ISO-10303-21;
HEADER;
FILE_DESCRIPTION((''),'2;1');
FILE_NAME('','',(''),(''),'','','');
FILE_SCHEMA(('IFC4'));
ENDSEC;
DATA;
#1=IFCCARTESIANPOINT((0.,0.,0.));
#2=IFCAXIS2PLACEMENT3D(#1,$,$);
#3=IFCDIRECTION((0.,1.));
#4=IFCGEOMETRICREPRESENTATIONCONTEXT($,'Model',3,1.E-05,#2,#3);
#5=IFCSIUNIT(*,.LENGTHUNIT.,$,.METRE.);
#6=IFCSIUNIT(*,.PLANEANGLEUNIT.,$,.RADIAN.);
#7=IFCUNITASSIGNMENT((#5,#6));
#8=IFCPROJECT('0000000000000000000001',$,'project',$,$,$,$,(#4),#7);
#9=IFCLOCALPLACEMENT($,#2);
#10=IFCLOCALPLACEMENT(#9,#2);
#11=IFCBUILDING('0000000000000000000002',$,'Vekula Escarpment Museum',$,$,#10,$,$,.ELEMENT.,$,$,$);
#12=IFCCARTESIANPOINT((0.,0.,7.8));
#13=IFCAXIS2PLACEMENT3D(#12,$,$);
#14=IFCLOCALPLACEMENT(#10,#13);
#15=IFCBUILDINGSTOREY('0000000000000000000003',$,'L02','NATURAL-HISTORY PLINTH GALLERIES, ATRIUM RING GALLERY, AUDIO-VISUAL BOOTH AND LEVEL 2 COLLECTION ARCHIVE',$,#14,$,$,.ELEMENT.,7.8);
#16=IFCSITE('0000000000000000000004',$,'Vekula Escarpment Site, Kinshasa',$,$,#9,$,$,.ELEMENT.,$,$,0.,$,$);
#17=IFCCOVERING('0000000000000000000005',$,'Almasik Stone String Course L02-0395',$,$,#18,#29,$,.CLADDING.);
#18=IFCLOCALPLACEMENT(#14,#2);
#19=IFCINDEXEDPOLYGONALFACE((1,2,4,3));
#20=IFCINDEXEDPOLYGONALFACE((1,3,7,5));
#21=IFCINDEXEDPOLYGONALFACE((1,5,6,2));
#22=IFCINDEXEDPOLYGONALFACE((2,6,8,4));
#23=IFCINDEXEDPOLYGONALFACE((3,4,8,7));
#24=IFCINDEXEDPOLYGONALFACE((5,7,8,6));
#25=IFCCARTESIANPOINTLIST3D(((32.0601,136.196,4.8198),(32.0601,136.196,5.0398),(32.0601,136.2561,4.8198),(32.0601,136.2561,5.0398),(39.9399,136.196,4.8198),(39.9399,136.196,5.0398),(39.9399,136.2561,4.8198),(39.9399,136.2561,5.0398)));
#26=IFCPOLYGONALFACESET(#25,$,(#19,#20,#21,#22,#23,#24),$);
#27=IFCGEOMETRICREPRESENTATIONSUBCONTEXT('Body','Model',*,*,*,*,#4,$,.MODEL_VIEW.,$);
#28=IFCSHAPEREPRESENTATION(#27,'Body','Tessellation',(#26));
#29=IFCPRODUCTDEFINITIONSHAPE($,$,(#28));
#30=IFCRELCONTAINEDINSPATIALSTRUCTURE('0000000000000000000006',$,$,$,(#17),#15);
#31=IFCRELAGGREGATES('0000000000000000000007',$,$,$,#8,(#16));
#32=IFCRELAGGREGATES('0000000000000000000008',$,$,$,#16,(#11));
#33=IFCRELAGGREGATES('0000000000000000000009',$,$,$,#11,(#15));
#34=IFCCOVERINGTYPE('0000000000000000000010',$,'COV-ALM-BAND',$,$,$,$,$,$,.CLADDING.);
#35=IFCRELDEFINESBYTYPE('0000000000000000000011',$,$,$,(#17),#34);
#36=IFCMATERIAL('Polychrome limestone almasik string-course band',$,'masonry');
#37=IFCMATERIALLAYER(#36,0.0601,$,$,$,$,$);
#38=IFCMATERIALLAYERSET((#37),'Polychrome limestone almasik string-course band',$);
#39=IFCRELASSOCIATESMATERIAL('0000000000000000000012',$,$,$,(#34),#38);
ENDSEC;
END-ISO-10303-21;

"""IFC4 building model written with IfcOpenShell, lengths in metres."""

from ifc_helpers import new_model, si_unit, direction, frame, origin, origin_2d, place, context, subcontext, project, spatial, rectangle, extrude, material, layer, layer_set, type_object, element, save


model = new_model("IFC4")

# Units and contexts
model_context = context("Model", 3, precision=1e-05, world=origin(), true_north=direction((0.0, 1.0)))
body_context = subcontext(model_context, "Body", "Model", "MODEL_VIEW")
ifc_project = project(units=[si_unit("LENGTHUNIT", "METRE"), si_unit("PLANEANGLEUNIT", "RADIAN")], contexts=[model_context])

# Site, building, storey
site_placement = place(None, origin())
site = spatial("IfcSite", under=ifc_project, at=site_placement, Name="Vekula Escarpment Site, Kinshasa", CompositionType="ELEMENT", RefElevation=0.0)
building_placement = place(site_placement, origin())
building = spatial("IfcBuilding", under=site, at=building_placement, Name="Vekula Escarpment Museum", CompositionType="ELEMENT")
storey_placement = place(building_placement, frame((0.0, 0.0, 7.8)))
storey = spatial("IfcBuildingStorey", under=building, at=storey_placement, Name="L02", Description="NATURAL-HISTORY PLINTH GALLERIES, ATRIUM RING GALLERY, AUDIO-VISUAL BOOTH AND LEVEL 2 COLLECTION ARCHIVE", CompositionType="ELEMENT", Elevation=7.8)

# Covering
ifc_material_1 = material(Name="Polychrome limestone almasik string-course band", Category="masonry")
ifc_layer_1 = layer(ifc_material_1, 0.0601)
ifc_layer_set_1 = layer_set([ifc_layer_1], Name="Polychrome limestone almasik string-course band")
covering_type = type_object("IfcCoveringType", Name="COV-ALM-BAND", PredefinedType="CLADDING", material=ifc_layer_set_1)
for number, where, z_axis, x_axis, name in (
    (1, (36.0, 136.2261, 4.8198), (0.0, 0.0, 1.0), (1.0, 0.0, 0.0), "Almasik Stone String Course L02-0395"),
):
    element("IfcCovering", number, at=place(storey_placement, frame(where, z_axis=z_axis, x_axis=x_axis)), inside=storey, type_object=covering_type, Name=name, PredefinedType="CLADDING", context=body_context, shape_type="SweptSolid", body=[
        extrude(rectangle(XDim=7.8799, YDim=0.0601, at=origin_2d()), origin(), (0.0, 0.0, 1.0), 0.22),
    ])

save(model, "model.ifc")
